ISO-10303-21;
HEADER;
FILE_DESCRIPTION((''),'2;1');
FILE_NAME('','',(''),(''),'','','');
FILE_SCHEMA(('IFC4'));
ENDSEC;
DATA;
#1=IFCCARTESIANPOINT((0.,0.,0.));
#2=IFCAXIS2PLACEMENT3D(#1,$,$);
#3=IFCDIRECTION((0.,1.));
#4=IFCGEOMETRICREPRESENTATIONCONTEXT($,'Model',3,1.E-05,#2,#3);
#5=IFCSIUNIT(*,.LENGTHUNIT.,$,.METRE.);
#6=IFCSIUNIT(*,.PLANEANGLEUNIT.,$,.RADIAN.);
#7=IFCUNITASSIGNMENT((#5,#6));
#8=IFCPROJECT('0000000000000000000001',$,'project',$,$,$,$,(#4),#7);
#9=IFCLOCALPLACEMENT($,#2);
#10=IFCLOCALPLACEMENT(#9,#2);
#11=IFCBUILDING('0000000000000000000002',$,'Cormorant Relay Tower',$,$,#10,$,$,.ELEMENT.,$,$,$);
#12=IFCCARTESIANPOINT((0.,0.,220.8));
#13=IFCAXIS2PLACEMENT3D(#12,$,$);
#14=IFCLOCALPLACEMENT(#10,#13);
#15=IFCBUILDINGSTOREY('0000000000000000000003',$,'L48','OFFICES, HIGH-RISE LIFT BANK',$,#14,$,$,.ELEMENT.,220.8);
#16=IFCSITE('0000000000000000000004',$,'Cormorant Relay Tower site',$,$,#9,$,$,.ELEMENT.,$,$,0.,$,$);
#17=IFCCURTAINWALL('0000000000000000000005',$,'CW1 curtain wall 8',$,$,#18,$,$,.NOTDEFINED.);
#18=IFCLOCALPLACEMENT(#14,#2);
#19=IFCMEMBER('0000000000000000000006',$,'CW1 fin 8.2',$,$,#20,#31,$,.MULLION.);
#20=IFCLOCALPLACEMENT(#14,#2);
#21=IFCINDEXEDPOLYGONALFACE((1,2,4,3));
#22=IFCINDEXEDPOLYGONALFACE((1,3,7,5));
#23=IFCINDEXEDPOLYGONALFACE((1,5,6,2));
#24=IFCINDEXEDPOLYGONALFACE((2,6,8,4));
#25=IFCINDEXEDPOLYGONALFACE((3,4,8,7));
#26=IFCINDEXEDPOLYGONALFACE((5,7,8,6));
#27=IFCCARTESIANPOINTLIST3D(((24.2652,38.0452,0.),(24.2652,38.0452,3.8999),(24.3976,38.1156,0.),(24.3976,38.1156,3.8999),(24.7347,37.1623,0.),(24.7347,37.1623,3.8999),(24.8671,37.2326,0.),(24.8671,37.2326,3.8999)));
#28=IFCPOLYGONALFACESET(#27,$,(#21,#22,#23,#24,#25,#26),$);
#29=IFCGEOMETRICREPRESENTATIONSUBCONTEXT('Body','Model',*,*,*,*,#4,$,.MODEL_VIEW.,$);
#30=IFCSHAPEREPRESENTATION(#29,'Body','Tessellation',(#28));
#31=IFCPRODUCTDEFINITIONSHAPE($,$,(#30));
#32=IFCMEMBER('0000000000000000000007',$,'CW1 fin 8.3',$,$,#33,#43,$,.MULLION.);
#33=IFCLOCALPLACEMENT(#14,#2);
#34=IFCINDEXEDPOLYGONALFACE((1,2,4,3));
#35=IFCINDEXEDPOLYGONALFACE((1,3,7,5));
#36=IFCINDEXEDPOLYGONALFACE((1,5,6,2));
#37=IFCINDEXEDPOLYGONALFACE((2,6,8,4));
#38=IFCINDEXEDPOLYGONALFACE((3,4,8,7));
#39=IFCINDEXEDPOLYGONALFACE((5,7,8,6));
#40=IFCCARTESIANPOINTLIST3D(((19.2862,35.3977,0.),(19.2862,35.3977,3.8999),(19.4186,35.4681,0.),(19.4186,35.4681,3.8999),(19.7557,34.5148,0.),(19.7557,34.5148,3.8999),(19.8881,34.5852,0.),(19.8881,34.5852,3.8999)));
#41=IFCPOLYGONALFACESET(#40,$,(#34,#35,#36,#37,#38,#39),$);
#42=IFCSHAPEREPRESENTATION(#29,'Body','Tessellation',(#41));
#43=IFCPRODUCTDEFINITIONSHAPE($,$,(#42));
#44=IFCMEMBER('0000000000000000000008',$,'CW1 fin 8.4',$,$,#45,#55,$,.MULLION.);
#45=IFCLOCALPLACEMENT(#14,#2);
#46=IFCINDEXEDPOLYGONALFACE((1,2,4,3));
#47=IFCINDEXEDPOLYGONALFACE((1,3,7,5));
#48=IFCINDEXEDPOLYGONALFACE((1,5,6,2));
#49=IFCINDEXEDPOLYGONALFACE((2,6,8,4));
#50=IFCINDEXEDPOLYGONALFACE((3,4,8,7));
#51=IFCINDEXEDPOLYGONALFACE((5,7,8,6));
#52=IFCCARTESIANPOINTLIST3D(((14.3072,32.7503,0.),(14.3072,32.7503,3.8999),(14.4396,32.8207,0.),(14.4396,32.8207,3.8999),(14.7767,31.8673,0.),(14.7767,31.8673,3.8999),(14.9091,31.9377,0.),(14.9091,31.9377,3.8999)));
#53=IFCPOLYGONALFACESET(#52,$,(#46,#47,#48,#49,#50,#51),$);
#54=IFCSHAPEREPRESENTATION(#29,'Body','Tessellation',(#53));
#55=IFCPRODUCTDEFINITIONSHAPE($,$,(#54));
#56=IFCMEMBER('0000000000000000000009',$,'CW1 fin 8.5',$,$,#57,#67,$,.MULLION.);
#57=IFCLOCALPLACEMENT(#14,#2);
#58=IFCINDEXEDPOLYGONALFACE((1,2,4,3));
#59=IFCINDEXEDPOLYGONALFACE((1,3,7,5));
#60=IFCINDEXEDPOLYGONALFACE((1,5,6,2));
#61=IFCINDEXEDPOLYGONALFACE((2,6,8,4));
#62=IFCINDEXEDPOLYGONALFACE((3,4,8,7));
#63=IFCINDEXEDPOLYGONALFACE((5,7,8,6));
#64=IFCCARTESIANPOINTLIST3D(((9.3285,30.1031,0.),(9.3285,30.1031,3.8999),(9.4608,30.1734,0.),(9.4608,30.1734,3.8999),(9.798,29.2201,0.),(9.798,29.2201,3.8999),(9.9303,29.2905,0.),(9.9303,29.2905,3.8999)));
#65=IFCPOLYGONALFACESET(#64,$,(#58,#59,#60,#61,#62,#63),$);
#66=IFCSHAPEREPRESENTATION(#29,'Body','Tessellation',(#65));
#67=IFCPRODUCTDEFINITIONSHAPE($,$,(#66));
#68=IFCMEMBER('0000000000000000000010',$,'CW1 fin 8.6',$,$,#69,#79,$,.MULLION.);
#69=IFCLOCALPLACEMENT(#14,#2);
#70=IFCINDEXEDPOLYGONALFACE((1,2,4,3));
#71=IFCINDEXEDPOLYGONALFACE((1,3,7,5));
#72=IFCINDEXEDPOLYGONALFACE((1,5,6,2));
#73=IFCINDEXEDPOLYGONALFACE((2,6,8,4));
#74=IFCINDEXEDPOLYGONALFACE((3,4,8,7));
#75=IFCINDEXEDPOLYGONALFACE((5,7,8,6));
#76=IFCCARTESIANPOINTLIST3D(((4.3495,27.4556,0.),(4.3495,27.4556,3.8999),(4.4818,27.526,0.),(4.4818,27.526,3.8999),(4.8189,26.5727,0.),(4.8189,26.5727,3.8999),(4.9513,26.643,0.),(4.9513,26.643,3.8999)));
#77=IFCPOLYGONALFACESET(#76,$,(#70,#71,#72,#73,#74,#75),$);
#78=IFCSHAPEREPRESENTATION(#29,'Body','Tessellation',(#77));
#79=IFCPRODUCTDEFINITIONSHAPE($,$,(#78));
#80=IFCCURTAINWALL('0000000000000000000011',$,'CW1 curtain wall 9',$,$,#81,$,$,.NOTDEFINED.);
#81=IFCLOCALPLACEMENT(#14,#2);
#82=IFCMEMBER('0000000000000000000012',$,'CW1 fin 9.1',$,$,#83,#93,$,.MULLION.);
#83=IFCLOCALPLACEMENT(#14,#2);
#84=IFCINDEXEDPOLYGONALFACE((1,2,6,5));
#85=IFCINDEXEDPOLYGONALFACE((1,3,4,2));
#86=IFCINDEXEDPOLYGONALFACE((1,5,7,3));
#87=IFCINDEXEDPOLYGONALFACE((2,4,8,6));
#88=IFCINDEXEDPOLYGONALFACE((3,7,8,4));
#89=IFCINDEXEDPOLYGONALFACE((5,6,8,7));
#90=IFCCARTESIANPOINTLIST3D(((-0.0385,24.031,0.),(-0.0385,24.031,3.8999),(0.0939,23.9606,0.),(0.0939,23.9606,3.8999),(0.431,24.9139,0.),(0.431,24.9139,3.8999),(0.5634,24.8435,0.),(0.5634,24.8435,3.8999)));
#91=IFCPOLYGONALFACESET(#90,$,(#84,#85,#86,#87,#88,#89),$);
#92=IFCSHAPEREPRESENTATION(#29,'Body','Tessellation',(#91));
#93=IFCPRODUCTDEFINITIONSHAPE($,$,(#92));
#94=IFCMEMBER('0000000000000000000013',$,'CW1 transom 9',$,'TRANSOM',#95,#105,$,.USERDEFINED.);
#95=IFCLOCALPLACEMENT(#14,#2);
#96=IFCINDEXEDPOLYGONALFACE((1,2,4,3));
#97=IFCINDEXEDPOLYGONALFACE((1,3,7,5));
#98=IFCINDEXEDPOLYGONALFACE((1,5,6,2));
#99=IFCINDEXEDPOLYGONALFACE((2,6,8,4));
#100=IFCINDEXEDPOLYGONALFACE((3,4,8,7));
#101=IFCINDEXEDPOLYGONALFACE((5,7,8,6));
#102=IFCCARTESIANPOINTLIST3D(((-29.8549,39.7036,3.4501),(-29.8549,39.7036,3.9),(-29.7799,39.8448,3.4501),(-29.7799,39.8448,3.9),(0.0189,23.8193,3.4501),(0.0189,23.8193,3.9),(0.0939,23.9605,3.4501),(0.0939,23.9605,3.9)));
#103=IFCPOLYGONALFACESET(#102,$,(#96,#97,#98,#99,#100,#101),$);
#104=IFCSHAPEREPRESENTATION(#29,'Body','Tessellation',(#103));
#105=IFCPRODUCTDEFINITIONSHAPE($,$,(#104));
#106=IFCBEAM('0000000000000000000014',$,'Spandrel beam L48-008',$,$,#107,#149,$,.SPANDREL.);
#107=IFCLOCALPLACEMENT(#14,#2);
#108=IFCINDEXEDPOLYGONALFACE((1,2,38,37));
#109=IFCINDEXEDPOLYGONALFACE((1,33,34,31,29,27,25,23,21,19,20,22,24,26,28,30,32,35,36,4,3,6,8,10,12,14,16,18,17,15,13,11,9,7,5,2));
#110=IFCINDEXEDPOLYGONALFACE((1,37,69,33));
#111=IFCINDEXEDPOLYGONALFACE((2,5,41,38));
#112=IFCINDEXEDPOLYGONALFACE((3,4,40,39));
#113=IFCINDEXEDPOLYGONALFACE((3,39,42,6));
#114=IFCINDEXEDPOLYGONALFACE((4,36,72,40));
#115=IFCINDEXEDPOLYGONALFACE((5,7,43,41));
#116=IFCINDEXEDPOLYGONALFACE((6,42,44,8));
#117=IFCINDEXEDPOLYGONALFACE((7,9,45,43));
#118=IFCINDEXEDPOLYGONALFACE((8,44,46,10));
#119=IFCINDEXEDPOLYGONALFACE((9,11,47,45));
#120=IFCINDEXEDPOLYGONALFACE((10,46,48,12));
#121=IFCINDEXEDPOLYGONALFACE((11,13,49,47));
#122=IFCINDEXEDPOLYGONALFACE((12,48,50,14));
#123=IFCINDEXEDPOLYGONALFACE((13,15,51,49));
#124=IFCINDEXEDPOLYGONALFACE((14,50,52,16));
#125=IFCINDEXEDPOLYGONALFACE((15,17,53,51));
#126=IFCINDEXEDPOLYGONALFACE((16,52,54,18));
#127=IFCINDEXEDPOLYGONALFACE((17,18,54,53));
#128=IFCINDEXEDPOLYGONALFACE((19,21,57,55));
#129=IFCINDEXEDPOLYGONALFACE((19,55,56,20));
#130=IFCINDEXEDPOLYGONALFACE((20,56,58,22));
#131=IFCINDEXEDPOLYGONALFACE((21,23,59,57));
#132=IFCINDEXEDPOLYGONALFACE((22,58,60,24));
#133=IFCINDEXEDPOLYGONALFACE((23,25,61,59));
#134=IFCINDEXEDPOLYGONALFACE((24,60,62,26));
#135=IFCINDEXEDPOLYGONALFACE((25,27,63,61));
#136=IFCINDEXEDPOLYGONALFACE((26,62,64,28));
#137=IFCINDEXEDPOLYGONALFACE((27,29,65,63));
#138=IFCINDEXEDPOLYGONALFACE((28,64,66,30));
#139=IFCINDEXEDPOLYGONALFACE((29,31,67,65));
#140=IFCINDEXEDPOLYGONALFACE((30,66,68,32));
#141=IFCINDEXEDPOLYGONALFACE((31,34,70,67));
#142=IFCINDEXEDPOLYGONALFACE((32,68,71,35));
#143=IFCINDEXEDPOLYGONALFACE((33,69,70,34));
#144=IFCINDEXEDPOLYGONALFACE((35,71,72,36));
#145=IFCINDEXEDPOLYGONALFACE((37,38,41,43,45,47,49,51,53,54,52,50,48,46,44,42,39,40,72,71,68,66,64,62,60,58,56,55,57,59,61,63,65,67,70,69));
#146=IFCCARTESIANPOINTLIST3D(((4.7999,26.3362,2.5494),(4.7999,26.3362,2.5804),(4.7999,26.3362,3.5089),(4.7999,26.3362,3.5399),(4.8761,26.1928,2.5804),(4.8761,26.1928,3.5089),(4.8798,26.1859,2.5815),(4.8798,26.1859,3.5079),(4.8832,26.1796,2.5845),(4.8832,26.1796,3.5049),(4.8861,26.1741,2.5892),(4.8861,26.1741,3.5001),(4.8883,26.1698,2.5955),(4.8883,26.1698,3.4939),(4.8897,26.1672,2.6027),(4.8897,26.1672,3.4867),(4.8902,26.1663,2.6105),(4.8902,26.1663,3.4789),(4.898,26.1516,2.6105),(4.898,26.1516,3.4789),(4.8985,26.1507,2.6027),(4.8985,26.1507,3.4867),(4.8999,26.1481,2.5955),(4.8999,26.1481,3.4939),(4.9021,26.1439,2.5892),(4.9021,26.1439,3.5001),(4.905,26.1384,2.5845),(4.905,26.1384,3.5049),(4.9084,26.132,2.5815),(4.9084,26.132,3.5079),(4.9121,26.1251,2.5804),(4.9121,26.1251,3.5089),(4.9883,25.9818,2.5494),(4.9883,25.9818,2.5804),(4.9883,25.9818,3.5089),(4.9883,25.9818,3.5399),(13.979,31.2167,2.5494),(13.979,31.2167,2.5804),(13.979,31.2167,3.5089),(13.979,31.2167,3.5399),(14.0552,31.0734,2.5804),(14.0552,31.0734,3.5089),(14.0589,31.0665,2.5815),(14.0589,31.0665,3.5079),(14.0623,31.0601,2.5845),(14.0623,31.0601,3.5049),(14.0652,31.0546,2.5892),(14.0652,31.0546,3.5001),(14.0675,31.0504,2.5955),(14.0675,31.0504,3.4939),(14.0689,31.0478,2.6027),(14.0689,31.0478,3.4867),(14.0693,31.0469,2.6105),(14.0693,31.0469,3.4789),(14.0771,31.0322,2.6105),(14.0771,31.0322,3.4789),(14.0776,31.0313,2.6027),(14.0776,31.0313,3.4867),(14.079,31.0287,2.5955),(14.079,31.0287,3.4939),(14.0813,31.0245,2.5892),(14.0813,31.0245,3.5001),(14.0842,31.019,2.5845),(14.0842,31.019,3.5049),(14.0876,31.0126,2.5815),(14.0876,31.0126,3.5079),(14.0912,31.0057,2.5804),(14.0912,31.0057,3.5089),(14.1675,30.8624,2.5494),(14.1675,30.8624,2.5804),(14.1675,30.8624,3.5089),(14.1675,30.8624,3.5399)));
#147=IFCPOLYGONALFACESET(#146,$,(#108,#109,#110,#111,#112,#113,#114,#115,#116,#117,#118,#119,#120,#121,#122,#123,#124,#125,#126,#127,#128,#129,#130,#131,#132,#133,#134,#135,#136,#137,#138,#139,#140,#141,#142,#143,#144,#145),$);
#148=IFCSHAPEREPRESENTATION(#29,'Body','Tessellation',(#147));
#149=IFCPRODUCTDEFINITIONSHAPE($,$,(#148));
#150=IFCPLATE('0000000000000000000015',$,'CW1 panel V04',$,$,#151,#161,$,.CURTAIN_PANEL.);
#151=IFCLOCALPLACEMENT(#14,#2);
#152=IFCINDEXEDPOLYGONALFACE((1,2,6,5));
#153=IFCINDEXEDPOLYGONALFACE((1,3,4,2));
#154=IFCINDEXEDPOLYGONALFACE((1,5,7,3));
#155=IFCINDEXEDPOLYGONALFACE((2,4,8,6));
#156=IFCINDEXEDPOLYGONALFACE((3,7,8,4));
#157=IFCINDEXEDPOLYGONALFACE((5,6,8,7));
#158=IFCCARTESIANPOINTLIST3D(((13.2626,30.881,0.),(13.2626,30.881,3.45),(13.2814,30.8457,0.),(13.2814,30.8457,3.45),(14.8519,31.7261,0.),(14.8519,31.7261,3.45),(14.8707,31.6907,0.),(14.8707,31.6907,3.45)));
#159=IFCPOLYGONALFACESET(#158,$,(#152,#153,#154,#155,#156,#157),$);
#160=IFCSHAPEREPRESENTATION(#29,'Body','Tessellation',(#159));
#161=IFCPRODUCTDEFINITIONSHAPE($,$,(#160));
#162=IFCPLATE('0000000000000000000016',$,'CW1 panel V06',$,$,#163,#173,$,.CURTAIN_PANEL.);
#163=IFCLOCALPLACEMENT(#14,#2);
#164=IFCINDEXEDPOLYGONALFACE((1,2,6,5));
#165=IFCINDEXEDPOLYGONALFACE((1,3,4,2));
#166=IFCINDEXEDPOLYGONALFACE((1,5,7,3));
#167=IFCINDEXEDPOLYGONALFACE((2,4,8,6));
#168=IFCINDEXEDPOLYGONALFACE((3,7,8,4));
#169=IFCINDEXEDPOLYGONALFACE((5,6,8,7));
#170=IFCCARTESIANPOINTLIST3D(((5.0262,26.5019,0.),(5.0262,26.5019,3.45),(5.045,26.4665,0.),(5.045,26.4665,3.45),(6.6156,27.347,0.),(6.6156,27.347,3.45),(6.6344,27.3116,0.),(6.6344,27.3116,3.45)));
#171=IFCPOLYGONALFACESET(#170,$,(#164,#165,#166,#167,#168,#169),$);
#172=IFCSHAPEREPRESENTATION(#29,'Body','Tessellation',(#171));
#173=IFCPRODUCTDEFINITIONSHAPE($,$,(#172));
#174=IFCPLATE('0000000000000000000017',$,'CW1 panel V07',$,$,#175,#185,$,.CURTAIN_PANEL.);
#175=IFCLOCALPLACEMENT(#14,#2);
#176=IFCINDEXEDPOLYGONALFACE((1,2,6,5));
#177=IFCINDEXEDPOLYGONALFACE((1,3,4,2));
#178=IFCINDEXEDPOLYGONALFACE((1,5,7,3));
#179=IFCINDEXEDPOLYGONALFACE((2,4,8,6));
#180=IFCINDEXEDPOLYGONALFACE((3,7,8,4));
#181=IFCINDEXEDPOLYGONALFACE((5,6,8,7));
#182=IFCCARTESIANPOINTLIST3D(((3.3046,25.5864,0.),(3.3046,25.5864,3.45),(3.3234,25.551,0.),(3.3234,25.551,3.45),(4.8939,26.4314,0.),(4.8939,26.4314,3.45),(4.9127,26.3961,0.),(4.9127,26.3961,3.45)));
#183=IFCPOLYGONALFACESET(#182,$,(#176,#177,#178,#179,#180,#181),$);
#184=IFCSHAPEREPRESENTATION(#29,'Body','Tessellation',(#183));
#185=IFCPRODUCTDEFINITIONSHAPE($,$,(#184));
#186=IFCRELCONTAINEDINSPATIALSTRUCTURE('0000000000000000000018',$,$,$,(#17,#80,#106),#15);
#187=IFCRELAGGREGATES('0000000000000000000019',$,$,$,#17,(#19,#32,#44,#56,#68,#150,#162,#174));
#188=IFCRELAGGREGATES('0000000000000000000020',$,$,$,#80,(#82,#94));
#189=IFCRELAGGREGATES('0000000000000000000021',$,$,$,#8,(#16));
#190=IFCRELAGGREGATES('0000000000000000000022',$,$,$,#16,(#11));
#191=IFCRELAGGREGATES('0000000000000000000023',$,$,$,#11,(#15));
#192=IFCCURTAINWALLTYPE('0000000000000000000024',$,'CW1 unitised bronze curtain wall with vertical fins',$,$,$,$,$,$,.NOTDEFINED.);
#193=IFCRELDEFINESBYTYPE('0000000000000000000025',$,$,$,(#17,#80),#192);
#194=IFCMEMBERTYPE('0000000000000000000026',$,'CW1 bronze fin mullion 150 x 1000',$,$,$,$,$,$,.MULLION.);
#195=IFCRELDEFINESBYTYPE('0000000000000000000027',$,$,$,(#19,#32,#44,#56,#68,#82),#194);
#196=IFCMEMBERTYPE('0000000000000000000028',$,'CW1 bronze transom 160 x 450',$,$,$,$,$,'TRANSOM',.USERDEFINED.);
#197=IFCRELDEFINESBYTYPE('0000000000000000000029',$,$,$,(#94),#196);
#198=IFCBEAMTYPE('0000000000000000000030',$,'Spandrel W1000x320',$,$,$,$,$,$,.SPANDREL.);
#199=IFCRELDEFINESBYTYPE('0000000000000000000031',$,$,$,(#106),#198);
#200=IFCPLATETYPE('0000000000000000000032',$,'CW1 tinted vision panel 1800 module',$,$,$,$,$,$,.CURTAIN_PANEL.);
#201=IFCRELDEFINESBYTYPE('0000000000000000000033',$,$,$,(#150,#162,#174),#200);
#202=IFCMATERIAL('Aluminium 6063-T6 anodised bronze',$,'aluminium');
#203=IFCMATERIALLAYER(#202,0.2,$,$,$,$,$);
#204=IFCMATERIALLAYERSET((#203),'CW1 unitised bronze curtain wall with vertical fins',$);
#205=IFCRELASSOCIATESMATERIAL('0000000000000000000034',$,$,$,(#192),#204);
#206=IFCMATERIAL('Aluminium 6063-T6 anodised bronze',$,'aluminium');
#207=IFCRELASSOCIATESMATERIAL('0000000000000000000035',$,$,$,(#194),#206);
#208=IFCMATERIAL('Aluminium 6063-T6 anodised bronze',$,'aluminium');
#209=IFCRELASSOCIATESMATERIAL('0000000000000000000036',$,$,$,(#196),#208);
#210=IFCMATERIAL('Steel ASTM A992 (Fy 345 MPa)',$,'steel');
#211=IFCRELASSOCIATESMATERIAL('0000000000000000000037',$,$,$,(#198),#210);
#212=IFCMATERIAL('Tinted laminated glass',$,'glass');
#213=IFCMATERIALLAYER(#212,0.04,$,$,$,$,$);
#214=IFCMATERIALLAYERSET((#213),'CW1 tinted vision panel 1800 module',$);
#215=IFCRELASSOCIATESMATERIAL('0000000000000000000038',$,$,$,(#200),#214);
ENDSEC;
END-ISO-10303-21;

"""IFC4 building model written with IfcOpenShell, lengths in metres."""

from ifc_helpers import new_model, si_unit, direction, frame, origin, origin_2d, place, context, subcontext, project, spatial, rectangle, i_section, extrude, material, layer, layer_set, material_profile, profile_set, type_object, element, aggregate, save


model = new_model("IFC4")

# Units and contexts
model_context = context("Model", 3, precision=1e-05, world=origin(), true_north=direction((0.0, 1.0)))
body_context = subcontext(model_context, "Body", "Model", "MODEL_VIEW")
ifc_project = project(units=[si_unit("LENGTHUNIT", "METRE"), si_unit("PLANEANGLEUNIT", "RADIAN")], contexts=[model_context])

# Site, building, storey
site_placement = place(None, origin())
site = spatial("IfcSite", under=ifc_project, at=site_placement, Name="Cormorant Relay Tower site", CompositionType="ELEMENT", RefElevation=0.0)
building_placement = place(site_placement, origin())
building = spatial("IfcBuilding", under=site, at=building_placement, Name="Cormorant Relay Tower", CompositionType="ELEMENT")
storey_placement = place(building_placement, frame((0.0, 0.0, 220.8)))
storey = spatial("IfcBuildingStorey", under=building, at=storey_placement, Name="L48", Description="OFFICES, HIGH-RISE LIFT BANK", CompositionType="ELEMENT", Elevation=220.8)

# Curtain walls, members
ifc_material_1 = material(Name="Aluminium 6063-T6 anodised bronze", Category="aluminium")
ifc_layer_1 = layer(ifc_material_1, 0.2)
ifc_layer_set_1 = layer_set([ifc_layer_1], Name="CW1 unitised bronze curtain wall with vertical fins")
curtain_wall_type = type_object("IfcCurtainWallType", Name="CW1 unitised bronze curtain wall with vertical fins", PredefinedType="NOTDEFINED", material=ifc_layer_set_1)
curtain_wall_1_placement = place(storey_placement, origin())
curtain_wall_1 = element("IfcCurtainWall", 1, at=curtain_wall_1_placement, inside=storey, type_object=curtain_wall_type, Name="CW1 curtain wall 8", PredefinedType="NOTDEFINED")
ifc_material_2 = material(Name="Aluminium 6063-T6 anodised bronze", Category="aluminium")
ifc_material_profile_1 = material_profile(ifc_material_2, rectangle(XDim=0.1499, YDim=1.0, at=origin_2d()), Name="AL 150x1000")
ifc_profile_set_1 = profile_set([ifc_material_profile_1], Name="Aluminium 6063-T6 anodised bronze")
member_type_1 = type_object("IfcMemberType", Name="CW1 bronze fin mullion 150 x 1000", PredefinedType="MULLION", material=ifc_profile_set_1)
member_1_placement = place(storey_placement, frame((24.5662, 37.6389, 0.0), z_axis=(0.0, 0.0, 1.0), x_axis=(-0.882948, -0.469472, 0.0)))
member_1 = element("IfcMember", 2, at=member_1_placement, type_object=member_type_1, Name="CW1 fin 8.2", PredefinedType="MULLION", context=body_context, shape_type="SweptSolid", body=[
    extrude(rectangle(XDim=0.1499, YDim=1.0, at=origin_2d()), origin(), (0.0, 0.0, 1.0), 3.8999),
])
member_2_placement = place(storey_placement, frame((19.5872, 34.9915, 0.0), z_axis=(0.0, 0.0, 1.0), x_axis=(-0.882948, -0.469472, 0.0)))
member_2 = element("IfcMember", 3, at=member_2_placement, type_object=member_type_1, Name="CW1 fin 8.3", PredefinedType="MULLION", context=body_context, shape_type="SweptSolid", body=[
    extrude(rectangle(XDim=0.1499, YDim=1.0, at=origin_2d()), origin(), (0.0, 0.0, 1.0), 3.8999),
])
member_3_placement = place(storey_placement, frame((14.6082, 32.344, 0.0), z_axis=(0.0, 0.0, 1.0), x_axis=(-0.882948, -0.469472, 0.0)))
member_3 = element("IfcMember", 4, at=member_3_placement, type_object=member_type_1, Name="CW1 fin 8.4", PredefinedType="MULLION", context=body_context, shape_type="SweptSolid", body=[
    extrude(rectangle(XDim=0.1499, YDim=1.0, at=origin_2d()), origin(), (0.0, 0.0, 1.0), 3.8999),
])
member_4_placement = place(storey_placement, frame((9.6294, 29.6968, 0.0), z_axis=(0.0, 0.0, 1.0), x_axis=(-0.882948, -0.469472, 0.0)))
member_4 = element("IfcMember", 5, at=member_4_placement, type_object=member_type_1, Name="CW1 fin 8.5", PredefinedType="MULLION", context=body_context, shape_type="SweptSolid", body=[
    extrude(rectangle(XDim=0.1499, YDim=1.0, at=origin_2d()), origin(), (0.0, 0.0, 1.0), 3.8999),
])
member_5_placement = place(storey_placement, frame((4.6504, 27.0493, 0.0), z_axis=(0.0, 0.0, 1.0), x_axis=(-0.882948, -0.469472, 0.0)))
member_5 = element("IfcMember", 6, at=member_5_placement, type_object=member_type_1, Name="CW1 fin 8.6", PredefinedType="MULLION", context=body_context, shape_type="SweptSolid", body=[
    extrude(rectangle(XDim=0.1499, YDim=1.0, at=origin_2d()), origin(), (0.0, 0.0, 1.0), 3.8999),
])
curtain_wall_2_placement = place(storey_placement, origin())
curtain_wall_2 = element("IfcCurtainWall", 7, at=curtain_wall_2_placement, inside=storey, type_object=curtain_wall_type, Name="CW1 curtain wall 9", PredefinedType="NOTDEFINED")
member_6_placement = place(storey_placement, frame((0.2625, 24.4373, 0.0), z_axis=(0.0, 0.0, 1.0), x_axis=(-0.882948, 0.469472, 0.0)))
member_6 = element("IfcMember", 8, at=member_6_placement, type_object=member_type_1, Name="CW1 fin 9.1", PredefinedType="MULLION", context=body_context, shape_type="SweptSolid", body=[
    extrude(rectangle(XDim=0.1499, YDim=1.0, at=origin_2d()), origin(), (0.0, 0.0, 1.0), 3.8999),
])
ifc_material_3 = material(Name="Aluminium 6063-T6 anodised bronze", Category="aluminium")
ifc_material_profile_2 = material_profile(ifc_material_3, rectangle(XDim=0.1599, YDim=0.45, at=origin_2d()), Name="AL 160x450")
ifc_profile_set_2 = profile_set([ifc_material_profile_2], Name="Aluminium 6063-T6 anodised bronze")
member_type_2 = type_object("IfcMemberType", Name="CW1 bronze transom 160 x 450", ElementType="TRANSOM", PredefinedType="USERDEFINED", material=ifc_profile_set_2)
member_7_placement = place(storey_placement, frame((0.0564, 23.8899, 3.675), z_axis=(-0.882946, 0.469474, 0.0), x_axis=(-0.469474, -0.882946, 0.0)))
member_7 = element("IfcMember", 9, at=member_7_placement, type_object=member_type_2, Name="CW1 transom 9", ObjectType="TRANSOM", PredefinedType="USERDEFINED", context=body_context, shape_type="SweptSolid", body=[
    extrude(rectangle(XDim=0.1599, YDim=0.45, at=origin_2d()), origin(), (0.0, 0.0, 1.0), 33.8342),
])

# Beam
ifc_material_4 = material(Name="Steel ASTM A992 (Fy 345 MPa)", Category="steel")
ifc_material_profile_3 = material_profile(ifc_material_4, i_section(OverallWidth=0.4014, OverallDepth=0.9905, WebThickness=0.0166, FlangeThickness=0.031, FilletRadius=0.03, at=origin_2d()), Name="W1000x320")
ifc_profile_set_3 = profile_set([ifc_material_profile_3], Name="Steel ASTM A992 (Fy 345 MPa)")
beam_type = type_object("IfcBeamType", Name="Spandrel W1000x320", PredefinedType="SPANDREL", material=ifc_profile_set_3)
beam_placement = place(storey_placement, frame((14.0732, 31.0396, 3.0447), z_axis=(-0.88295, -0.469468, 0.0), x_axis=(0.469468, -0.88295, 0.0)))
element("IfcBeam", 10, at=beam_placement, inside=storey, type_object=beam_type, Name="Spandrel beam L48-008", PredefinedType="SPANDREL", context=body_context, shape_type="SweptSolid", body=[
    extrude(i_section(OverallWidth=0.4014, OverallDepth=0.9905, WebThickness=0.0166, FlangeThickness=0.031, FilletRadius=0.03, at=origin_2d()), origin(), (0.0, 0.0, 1.0), 10.396),
])

# Plates
ifc_material_5 = material(Name="Tinted laminated glass", Category="glass")
ifc_layer_2 = layer(ifc_material_5, 0.04)
ifc_layer_set_2 = layer_set([ifc_layer_2], Name="CW1 tinted vision panel 1800 module")
plate_type_1 = type_object("IfcPlateType", Name="CW1 tinted vision panel 1800 module", PredefinedType="CURTAIN_PANEL", material=ifc_layer_set_2)
plate_1_placement = place(storey_placement, frame((14.0667, 31.2859, 0.0), z_axis=(0.0, 0.0, 1.0), x_axis=(-0.882948, -0.469472, 0.0)))
plate_1 = element("IfcPlate", 11, at=plate_1_placement, type_object=plate_type_1, Name="CW1 panel V04", PredefinedType="CURTAIN_PANEL", context=body_context, shape_type="SweptSolid", body=[
    extrude(rectangle(XDim=1.8, YDim=0.04, at=origin_2d()), origin(), (0.0, 0.0, 1.0), 3.45),
])
plate_2_placement = place(storey_placement, frame((5.8303, 26.9067, 0.0), z_axis=(0.0, 0.0, 1.0), x_axis=(-0.882948, -0.469472, 0.0)))
plate_2 = element("IfcPlate", 12, at=plate_2_placement, type_object=plate_type_1, Name="CW1 panel V06", PredefinedType="CURTAIN_PANEL", context=body_context, shape_type="SweptSolid", body=[
    extrude(rectangle(XDim=1.8, YDim=0.04, at=origin_2d()), origin(), (0.0, 0.0, 1.0), 3.45),
])
plate_3_placement = place(storey_placement, frame((4.1086, 25.9912, 0.0), z_axis=(0.0, 0.0, 1.0), x_axis=(-0.882948, -0.469472, 0.0)))
plate_3 = element("IfcPlate", 13, at=plate_3_placement, type_object=plate_type_1, Name="CW1 panel V07", PredefinedType="CURTAIN_PANEL", context=body_context, shape_type="SweptSolid", body=[
    extrude(rectangle(XDim=1.8, YDim=0.04, at=origin_2d()), origin(), (0.0, 0.0, 1.0), 3.45),
])

aggregate(curtain_wall_1, [member_1, member_2, member_3, member_4, member_5, plate_1, plate_2, plate_3])
aggregate(curtain_wall_2, [member_6, member_7])

save(model, "model.ifc")
